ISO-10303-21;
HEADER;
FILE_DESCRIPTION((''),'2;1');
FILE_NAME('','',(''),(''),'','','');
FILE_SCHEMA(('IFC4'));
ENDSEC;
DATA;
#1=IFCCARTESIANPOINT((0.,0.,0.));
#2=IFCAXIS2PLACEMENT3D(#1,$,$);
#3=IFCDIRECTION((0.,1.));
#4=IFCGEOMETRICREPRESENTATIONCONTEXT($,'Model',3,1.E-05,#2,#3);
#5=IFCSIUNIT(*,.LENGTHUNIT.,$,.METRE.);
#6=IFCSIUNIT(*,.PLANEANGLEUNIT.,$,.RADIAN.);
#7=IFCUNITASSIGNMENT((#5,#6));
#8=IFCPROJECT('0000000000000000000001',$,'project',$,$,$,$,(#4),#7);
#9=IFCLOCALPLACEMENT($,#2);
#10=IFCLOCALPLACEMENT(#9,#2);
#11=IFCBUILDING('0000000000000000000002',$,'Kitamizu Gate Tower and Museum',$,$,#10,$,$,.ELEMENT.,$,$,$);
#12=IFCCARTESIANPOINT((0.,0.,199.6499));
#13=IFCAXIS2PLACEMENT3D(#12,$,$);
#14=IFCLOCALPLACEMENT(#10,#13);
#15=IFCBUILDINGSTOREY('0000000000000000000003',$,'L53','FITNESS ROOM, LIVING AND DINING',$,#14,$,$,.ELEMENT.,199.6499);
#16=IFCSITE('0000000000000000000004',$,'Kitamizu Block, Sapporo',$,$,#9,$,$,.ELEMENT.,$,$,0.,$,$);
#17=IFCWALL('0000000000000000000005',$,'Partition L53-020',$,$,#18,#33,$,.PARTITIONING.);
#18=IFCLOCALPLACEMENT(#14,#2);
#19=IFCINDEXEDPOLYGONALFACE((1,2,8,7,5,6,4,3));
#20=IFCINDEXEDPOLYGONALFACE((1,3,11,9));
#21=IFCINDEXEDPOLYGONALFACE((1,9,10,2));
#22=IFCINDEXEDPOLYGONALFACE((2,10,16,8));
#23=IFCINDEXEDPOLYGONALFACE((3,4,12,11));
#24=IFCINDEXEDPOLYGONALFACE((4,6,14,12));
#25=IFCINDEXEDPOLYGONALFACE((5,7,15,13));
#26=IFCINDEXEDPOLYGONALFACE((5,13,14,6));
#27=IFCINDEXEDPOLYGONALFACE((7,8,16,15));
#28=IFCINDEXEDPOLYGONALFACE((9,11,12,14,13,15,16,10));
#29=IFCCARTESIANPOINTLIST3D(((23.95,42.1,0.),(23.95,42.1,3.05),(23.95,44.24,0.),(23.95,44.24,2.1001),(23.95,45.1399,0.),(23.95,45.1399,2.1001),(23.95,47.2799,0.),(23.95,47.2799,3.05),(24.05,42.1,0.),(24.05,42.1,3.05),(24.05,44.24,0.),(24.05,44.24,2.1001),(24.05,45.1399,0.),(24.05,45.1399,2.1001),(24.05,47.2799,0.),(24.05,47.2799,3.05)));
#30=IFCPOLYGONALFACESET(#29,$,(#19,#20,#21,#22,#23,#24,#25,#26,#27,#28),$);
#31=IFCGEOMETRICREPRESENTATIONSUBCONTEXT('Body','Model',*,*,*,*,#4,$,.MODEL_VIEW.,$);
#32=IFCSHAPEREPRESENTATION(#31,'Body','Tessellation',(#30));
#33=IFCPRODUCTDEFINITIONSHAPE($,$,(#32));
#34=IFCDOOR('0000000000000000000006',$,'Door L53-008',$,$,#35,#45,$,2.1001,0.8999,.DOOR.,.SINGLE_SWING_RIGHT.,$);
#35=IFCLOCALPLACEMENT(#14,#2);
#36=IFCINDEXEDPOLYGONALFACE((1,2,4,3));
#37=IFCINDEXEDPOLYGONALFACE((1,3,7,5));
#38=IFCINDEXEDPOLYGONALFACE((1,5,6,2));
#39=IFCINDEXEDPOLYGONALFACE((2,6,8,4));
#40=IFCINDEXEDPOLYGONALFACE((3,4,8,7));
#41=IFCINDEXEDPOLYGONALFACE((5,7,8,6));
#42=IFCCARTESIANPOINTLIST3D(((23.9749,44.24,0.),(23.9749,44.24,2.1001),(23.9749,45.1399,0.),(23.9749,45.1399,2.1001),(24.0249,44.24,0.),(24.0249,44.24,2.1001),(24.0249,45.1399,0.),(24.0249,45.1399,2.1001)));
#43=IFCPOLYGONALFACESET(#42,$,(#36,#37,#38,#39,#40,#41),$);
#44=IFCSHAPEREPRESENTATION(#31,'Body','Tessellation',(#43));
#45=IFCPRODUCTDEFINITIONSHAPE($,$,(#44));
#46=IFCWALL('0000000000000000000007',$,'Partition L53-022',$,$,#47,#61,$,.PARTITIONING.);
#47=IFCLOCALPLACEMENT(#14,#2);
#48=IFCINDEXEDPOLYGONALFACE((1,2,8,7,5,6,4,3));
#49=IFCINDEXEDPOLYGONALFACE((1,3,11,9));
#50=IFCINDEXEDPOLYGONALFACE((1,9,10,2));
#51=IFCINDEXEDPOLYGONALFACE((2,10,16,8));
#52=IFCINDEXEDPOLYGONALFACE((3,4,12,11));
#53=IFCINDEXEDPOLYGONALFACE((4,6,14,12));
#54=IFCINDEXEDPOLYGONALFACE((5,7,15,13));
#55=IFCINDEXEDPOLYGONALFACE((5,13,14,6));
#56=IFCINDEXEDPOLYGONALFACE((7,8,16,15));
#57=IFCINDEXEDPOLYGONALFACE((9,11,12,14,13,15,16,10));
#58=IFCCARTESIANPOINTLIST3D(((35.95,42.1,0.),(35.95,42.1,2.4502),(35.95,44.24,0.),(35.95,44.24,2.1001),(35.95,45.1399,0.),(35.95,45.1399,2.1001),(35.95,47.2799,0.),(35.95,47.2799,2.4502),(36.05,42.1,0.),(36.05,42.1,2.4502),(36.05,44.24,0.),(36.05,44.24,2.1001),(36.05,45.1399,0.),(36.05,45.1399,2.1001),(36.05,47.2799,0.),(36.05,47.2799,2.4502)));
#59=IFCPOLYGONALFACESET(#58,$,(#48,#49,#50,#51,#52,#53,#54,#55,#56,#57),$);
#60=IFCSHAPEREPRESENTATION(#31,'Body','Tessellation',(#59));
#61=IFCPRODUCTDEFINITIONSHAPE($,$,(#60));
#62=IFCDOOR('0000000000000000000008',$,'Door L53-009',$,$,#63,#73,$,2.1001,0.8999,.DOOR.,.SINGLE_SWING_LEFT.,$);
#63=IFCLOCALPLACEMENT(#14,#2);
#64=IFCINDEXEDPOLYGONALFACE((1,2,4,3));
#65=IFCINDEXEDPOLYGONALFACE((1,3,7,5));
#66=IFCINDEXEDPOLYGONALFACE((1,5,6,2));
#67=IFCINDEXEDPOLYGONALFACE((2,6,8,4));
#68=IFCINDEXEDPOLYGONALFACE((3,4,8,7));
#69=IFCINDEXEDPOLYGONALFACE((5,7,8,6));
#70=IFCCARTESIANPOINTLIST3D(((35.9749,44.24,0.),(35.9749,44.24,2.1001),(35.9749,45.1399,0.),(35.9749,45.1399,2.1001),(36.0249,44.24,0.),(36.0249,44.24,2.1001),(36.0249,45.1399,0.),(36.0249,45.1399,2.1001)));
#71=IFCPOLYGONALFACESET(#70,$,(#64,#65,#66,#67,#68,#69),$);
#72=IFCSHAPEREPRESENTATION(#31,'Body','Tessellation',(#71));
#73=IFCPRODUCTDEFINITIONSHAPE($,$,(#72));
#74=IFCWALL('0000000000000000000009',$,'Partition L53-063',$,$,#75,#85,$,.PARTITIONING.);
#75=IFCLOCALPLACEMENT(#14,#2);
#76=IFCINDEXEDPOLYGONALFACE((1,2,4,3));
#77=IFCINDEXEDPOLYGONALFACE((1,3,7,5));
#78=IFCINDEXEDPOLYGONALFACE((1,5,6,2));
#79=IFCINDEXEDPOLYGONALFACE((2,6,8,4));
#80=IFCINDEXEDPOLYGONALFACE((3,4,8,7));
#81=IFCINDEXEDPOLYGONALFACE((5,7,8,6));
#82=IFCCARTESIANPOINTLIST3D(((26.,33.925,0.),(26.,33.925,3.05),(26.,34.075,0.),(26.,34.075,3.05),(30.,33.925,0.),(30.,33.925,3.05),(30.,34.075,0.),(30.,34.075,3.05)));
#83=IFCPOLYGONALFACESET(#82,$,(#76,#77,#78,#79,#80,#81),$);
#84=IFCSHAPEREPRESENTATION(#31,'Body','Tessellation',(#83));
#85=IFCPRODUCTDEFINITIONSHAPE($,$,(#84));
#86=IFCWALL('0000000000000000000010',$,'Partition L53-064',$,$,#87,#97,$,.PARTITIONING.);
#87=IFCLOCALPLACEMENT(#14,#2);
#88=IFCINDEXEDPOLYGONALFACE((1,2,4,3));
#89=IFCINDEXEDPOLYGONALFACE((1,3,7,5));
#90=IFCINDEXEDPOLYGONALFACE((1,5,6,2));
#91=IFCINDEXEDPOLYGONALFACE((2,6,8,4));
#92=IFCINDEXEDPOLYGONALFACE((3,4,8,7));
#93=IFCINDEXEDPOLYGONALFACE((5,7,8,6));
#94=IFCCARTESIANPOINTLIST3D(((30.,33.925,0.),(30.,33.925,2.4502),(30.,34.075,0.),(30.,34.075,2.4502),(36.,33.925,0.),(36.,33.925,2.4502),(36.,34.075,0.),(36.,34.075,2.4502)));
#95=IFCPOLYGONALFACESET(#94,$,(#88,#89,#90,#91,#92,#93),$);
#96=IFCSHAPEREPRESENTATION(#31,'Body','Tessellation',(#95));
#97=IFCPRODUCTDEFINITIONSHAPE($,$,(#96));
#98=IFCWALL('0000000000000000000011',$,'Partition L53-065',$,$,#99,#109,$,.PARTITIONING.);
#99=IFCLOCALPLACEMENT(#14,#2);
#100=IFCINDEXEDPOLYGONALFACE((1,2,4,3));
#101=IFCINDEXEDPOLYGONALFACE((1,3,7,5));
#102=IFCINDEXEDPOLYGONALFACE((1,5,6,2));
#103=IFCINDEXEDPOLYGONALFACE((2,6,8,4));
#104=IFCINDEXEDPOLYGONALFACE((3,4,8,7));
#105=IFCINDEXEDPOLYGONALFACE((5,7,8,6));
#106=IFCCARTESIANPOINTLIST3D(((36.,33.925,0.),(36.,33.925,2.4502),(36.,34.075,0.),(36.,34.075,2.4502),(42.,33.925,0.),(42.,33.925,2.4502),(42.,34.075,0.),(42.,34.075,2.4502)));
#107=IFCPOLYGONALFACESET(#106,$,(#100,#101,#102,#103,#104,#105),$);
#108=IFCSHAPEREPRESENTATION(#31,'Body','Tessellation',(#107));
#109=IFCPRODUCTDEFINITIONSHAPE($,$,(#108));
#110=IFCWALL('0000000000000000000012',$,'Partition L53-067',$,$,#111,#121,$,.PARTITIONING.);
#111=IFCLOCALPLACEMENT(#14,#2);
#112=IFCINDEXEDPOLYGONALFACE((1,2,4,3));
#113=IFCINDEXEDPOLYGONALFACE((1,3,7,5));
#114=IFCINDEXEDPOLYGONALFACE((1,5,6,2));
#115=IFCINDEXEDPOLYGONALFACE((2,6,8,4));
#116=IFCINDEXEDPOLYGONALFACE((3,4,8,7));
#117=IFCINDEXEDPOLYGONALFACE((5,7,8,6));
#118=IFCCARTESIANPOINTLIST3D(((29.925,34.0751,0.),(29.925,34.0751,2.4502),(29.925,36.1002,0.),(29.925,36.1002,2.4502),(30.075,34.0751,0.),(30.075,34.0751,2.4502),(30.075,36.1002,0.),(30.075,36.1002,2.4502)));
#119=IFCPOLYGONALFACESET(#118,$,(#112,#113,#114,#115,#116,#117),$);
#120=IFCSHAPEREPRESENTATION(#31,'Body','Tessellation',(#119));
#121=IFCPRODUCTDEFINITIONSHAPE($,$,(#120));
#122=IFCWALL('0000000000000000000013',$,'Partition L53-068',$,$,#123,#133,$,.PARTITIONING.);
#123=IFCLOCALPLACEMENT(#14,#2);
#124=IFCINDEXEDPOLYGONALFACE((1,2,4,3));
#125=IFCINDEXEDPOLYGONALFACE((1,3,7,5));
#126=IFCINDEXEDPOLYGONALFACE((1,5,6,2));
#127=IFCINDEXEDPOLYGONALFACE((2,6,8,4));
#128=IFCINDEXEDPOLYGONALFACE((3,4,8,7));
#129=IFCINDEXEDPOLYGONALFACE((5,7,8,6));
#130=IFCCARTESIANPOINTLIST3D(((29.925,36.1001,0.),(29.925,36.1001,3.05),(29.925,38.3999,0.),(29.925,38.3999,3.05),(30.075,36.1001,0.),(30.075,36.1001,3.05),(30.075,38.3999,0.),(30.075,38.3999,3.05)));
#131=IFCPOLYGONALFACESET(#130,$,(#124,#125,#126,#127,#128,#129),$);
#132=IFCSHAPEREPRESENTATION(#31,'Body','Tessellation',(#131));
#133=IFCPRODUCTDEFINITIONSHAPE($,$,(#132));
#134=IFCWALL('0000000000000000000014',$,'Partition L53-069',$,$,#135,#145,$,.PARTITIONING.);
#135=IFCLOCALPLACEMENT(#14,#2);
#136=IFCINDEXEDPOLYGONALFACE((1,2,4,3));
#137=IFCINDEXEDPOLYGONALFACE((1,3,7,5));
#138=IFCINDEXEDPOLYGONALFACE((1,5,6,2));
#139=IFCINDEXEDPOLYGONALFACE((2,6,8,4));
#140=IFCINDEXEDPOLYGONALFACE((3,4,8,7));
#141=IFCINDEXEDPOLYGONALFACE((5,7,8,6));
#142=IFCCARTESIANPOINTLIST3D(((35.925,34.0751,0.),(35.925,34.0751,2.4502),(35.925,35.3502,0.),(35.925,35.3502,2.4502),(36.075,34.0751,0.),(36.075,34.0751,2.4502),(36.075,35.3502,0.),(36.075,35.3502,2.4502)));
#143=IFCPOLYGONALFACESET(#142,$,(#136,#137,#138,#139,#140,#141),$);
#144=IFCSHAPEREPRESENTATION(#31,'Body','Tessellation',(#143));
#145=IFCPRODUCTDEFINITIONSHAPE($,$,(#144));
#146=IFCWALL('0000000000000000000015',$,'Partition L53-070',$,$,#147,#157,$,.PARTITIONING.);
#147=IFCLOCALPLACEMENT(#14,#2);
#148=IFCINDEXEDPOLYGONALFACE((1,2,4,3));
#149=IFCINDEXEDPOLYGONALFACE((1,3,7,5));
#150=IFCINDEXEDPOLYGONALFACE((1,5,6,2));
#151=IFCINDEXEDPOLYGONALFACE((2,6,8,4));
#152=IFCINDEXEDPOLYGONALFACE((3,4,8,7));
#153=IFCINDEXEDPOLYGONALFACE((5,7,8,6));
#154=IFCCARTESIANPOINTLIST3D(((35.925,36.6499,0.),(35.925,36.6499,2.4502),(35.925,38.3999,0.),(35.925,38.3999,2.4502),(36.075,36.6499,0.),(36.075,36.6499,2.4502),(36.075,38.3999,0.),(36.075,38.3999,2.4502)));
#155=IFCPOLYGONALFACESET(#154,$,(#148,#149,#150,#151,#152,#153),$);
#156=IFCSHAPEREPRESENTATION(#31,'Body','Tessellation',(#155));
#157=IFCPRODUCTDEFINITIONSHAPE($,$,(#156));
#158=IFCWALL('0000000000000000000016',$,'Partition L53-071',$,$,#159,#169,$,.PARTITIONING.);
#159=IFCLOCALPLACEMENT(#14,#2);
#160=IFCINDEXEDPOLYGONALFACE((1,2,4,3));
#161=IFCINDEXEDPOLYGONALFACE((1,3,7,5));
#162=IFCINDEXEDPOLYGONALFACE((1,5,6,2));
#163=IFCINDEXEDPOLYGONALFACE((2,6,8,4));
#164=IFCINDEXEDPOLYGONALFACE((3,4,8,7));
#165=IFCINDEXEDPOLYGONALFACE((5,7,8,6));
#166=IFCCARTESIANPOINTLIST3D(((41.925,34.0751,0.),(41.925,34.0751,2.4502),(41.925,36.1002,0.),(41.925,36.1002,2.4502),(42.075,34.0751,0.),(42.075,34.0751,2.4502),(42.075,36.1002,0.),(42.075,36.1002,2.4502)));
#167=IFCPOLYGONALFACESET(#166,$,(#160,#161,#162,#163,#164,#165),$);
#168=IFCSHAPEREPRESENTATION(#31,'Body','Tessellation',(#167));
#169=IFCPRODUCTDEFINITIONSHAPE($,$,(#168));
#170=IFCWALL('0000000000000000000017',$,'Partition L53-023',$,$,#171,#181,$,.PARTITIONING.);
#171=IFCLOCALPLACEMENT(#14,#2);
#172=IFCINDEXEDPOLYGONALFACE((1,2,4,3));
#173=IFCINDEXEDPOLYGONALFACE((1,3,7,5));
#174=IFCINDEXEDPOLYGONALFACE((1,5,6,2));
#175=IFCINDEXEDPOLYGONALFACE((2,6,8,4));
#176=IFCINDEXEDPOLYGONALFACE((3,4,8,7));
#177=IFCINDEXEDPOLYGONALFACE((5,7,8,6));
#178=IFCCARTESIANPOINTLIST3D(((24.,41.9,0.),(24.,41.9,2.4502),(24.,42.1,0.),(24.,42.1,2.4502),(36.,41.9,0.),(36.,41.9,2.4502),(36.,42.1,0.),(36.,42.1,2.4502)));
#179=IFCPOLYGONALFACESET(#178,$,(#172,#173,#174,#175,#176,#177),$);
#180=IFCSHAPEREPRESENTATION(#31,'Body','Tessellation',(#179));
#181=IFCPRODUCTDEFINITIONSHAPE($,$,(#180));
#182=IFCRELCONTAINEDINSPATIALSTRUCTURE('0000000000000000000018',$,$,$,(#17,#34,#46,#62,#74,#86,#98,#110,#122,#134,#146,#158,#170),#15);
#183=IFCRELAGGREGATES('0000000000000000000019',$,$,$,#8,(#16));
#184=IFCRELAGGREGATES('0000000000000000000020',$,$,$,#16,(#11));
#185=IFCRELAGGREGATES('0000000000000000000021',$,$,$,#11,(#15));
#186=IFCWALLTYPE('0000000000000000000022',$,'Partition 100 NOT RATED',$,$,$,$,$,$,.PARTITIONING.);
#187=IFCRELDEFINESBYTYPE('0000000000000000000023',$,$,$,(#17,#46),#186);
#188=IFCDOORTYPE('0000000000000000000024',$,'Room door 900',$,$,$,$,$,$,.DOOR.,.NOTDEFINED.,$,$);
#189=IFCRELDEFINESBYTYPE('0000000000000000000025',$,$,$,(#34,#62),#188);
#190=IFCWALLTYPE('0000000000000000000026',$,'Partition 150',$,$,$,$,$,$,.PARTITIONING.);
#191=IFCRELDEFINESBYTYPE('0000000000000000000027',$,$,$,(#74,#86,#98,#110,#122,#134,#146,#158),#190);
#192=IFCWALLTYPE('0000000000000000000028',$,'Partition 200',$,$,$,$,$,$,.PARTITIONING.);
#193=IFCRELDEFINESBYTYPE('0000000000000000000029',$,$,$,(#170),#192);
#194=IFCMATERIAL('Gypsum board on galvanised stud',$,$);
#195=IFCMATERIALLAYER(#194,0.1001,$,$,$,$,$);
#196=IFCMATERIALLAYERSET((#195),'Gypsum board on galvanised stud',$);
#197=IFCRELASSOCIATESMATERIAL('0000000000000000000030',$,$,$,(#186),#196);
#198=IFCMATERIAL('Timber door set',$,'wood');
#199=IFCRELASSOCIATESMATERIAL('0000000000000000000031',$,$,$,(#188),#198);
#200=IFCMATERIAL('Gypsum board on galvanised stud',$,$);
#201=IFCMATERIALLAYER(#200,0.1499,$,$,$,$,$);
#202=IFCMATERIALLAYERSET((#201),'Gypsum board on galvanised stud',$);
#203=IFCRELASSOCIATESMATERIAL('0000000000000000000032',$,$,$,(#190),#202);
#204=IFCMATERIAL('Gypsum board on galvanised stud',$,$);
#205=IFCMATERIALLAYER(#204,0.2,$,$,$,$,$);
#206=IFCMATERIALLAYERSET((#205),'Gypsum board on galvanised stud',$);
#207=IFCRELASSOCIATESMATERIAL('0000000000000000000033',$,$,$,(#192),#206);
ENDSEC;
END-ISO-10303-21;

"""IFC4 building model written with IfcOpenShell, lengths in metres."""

from ifc_helpers import new_model, si_unit, direction, frame, frame_2d, origin, place, context, subcontext, project, spatial, rectangle, extrude, material, layer, layer_set, type_object, element, fill, save


model = new_model("IFC4")

# Units and contexts
model_context = context("Model", 3, precision=1e-05, world=origin(), true_north=direction((0.0, 1.0)))
body_context = subcontext(model_context, "Body", "Model", "MODEL_VIEW")
ifc_project = project(units=[si_unit("LENGTHUNIT", "METRE"), si_unit("PLANEANGLEUNIT", "RADIAN")], contexts=[model_context])

# Site, building, storey
site_placement = place(None, origin())
site = spatial("IfcSite", under=ifc_project, at=site_placement, Name="Kitamizu Block, Sapporo", CompositionType="ELEMENT", RefElevation=0.0)
building_placement = place(site_placement, origin())
building = spatial("IfcBuilding", under=site, at=building_placement, Name="Kitamizu Gate Tower and Museum", CompositionType="ELEMENT")
storey_placement = place(building_placement, frame((0.0, 0.0, 199.6499)))
storey = spatial("IfcBuildingStorey", under=building, at=storey_placement, Name="L53", Description="FITNESS ROOM, LIVING AND DINING", CompositionType="ELEMENT", Elevation=199.6499)

# Walls, openings, doors
ifc_material_1 = material(Name="Gypsum board on galvanised stud")
ifc_layer_1 = layer(ifc_material_1, 0.1001)
ifc_layer_set_1 = layer_set([ifc_layer_1], Name="Gypsum board on galvanised stud")
wall_type_1 = type_object("IfcWallType", Name="Partition 100 NOT RATED", PredefinedType="PARTITIONING", material=ifc_layer_set_1)
wall_1_placement = place(storey_placement, frame((24.0, 42.1001, 0.0), z_axis=(0.0, 0.0, 1.0), x_axis=(0.0, 1.0, 0.0)))
wall_1 = element("IfcWall", 1, at=wall_1_placement, inside=storey, type_object=wall_type_1, Name="Partition L53-020", PredefinedType="PARTITIONING", context=body_context, shape_type="SweptSolid", body=[
    extrude(rectangle(XDim=5.1799, YDim=0.1001, at=frame_2d((2.5898, 0.0))), origin(), (0.0, 0.0, 1.0), 3.05),
])
opening_1_placement = place(wall_1_placement, frame((2.1399, 0.0, 0.0)))
opening_1 = element("IfcOpeningElement", 2, at=opening_1_placement, cuts=wall_1, PredefinedType="OPENING", context=body_context, shape_type="SweptSolid", body=[
    extrude(rectangle(XDim=0.8999, YDim=2.1001, at=frame_2d((0.45, 1.05))), frame((0.0, 0.0601, 0.0), z_axis=(0.0, -1.0, 0.0), x_axis=(1.0, 0.0, 0.0)), (0.0, 0.0, 1.0), 0.1201),
])
ifc_material_2 = material(Name="Timber door set", Category="wood")
door_type_1 = type_object("IfcDoorType", Name="Room door 900", OperationType="NOTDEFINED", PredefinedType="DOOR", material=ifc_material_2)
door_1_placement = place(opening_1_placement, frame((0.8999, 0.0, 0.0), x_axis=(-1.0, 0.0, 0.0)))
door_1 = element("IfcDoor", 3, at=door_1_placement, inside=storey, type_object=door_type_1, Name="Door L53-008", OperationType="SINGLE_SWING_RIGHT", OverallHeight=2.1001, OverallWidth=0.8999, PredefinedType="DOOR", context=body_context, shape_type="SweptSolid", body=[
    extrude(rectangle(XDim=0.8999, YDim=2.1001, at=frame_2d((0.45, 1.05))), frame((0.0, 0.0249, 0.0), z_axis=(0.0, -1.0, 0.0), x_axis=(1.0, 0.0, 0.0)), (0.0, 0.0, 1.0), 0.05),
])
fill(opening_1, door_1)
wall_2_placement = place(storey_placement, frame((36.0, 42.1001, 0.0), z_axis=(0.0, 0.0, 1.0), x_axis=(0.0, 1.0, 0.0)))
wall_2 = element("IfcWall", 4, at=wall_2_placement, inside=storey, type_object=wall_type_1, Name="Partition L53-022", PredefinedType="PARTITIONING", context=body_context, shape_type="SweptSolid", body=[
    extrude(rectangle(XDim=5.1799, YDim=0.1001, at=frame_2d((2.5898, 0.0))), origin(), (0.0, 0.0, 1.0), 2.4502),
])
opening_2_placement = place(wall_2_placement, frame((2.1399, 0.0, 0.0)))
opening_2 = element("IfcOpeningElement", 5, at=opening_2_placement, cuts=wall_2, PredefinedType="OPENING", context=body_context, shape_type="SweptSolid", body=[
    extrude(rectangle(XDim=0.8999, YDim=2.1001, at=frame_2d((0.45, 1.05))), frame((0.0, 0.0601, 0.0), z_axis=(0.0, -1.0, 0.0), x_axis=(1.0, 0.0, 0.0)), (0.0, 0.0, 1.0), 0.1201),
])
door_2_placement = place(opening_2_placement, frame((0.8999, 0.0, 0.0), x_axis=(-1.0, 0.0, 0.0)))
door_2 = element("IfcDoor", 6, at=door_2_placement, inside=storey, type_object=door_type_1, Name="Door L53-009", OperationType="SINGLE_SWING_LEFT", OverallHeight=2.1001, OverallWidth=0.8999, PredefinedType="DOOR", context=body_context, shape_type="SweptSolid", body=[
    extrude(rectangle(XDim=0.8999, YDim=2.1001, at=frame_2d((0.45, 1.05))), frame((0.0, 0.0249, 0.0), z_axis=(0.0, -1.0, 0.0), x_axis=(1.0, 0.0, 0.0)), (0.0, 0.0, 1.0), 0.05),
])
fill(opening_2, door_2)

# Walls
ifc_material_3 = material(Name="Gypsum board on galvanised stud")
ifc_layer_2 = layer(ifc_material_3, 0.1499)
ifc_layer_set_2 = layer_set([ifc_layer_2], Name="Gypsum board on galvanised stud")
wall_type_2 = type_object("IfcWallType", Name="Partition 150", PredefinedType="PARTITIONING", material=ifc_layer_set_2)
wall_3_placement = place(storey_placement, frame((30.0, 34.0, 0.0), z_axis=(0.0, 0.0, 1.0), x_axis=(-1.0, 0.0, 0.0)))
element("IfcWall", 7, at=wall_3_placement, inside=storey, type_object=wall_type_2, Name="Partition L53-063", PredefinedType="PARTITIONING", context=body_context, shape_type="SweptSolid", body=[
    extrude(rectangle(XDim=4.0, YDim=0.1499, at=frame_2d((2.0, 0.0))), origin(), (0.0, 0.0, 1.0), 3.05),
])
for number, where, z_axis, x_axis, name in (
    (8, (36.0, 34.0, 0.0), (0.0, 0.0, 1.0), (-1.0, 0.0, 0.0), "Partition L53-064"),
    (9, (42.0, 34.0, 0.0), (0.0, 0.0, 1.0), (-1.0, 0.0, 0.0), "Partition L53-065"),
):
    element("IfcWall", number, at=place(storey_placement, frame(where, z_axis=z_axis, x_axis=x_axis)), inside=storey, type_object=wall_type_2, Name=name, PredefinedType="PARTITIONING", context=body_context, shape_type="SweptSolid", body=[
        extrude(rectangle(XDim=6.0, YDim=0.1499, at=frame_2d((3.0, 0.0))), origin(), (0.0, 0.0, 1.0), 2.4502),
    ])
wall_4_placement = place(storey_placement, frame((30.0, 34.075, 0.0), z_axis=(0.0, 0.0, 1.0), x_axis=(0.0, 1.0, 0.0)))
element("IfcWall", 10, at=wall_4_placement, inside=storey, type_object=wall_type_2, Name="Partition L53-067", PredefinedType="PARTITIONING", context=body_context, shape_type="SweptSolid", body=[
    extrude(rectangle(XDim=2.0251, YDim=0.1499, at=frame_2d((1.0127, 0.0))), origin(), (0.0, 0.0, 1.0), 2.4502),
])
wall_5_placement = place(storey_placement, frame((30.0, 36.1001, 0.0), z_axis=(0.0, 0.0, 1.0), x_axis=(0.0, 1.0, 0.0)))
element("IfcWall", 11, at=wall_5_placement, inside=storey, type_object=wall_type_2, Name="Partition L53-068", PredefinedType="PARTITIONING", context=body_context, shape_type="SweptSolid", body=[
    extrude(rectangle(XDim=2.2998, YDim=0.1499, at=frame_2d((1.1499, 0.0))), origin(), (0.0, 0.0, 1.0), 3.05),
])
wall_6_placement = place(storey_placement, frame((36.0, 34.075, 0.0), z_axis=(0.0, 0.0, 1.0), x_axis=(0.0, 1.0, 0.0)))
element("IfcWall", 12, at=wall_6_placement, inside=storey, type_object=wall_type_2, Name="Partition L53-069", PredefinedType="PARTITIONING", context=body_context, shape_type="SweptSolid", body=[
    extrude(rectangle(XDim=1.2751, YDim=0.1499, at=frame_2d((0.6377, 0.0))), origin(), (0.0, 0.0, 1.0), 2.4502),
])
wall_7_placement = place(storey_placement, frame((36.0, 36.6499, 0.0), z_axis=(0.0, 0.0, 1.0), x_axis=(0.0, 1.0, 0.0)))
element("IfcWall", 13, at=wall_7_placement, inside=storey, type_object=wall_type_2, Name="Partition L53-070", PredefinedType="PARTITIONING", context=body_context, shape_type="SweptSolid", body=[
    extrude(rectangle(XDim=1.75, YDim=0.1499, at=frame_2d((0.875, 0.0))), origin(), (0.0, 0.0, 1.0), 2.4502),
])
wall_8_placement = place(storey_placement, frame((42.0, 34.075, 0.0), z_axis=(0.0, 0.0, 1.0), x_axis=(0.0, 1.0, 0.0)))
element("IfcWall", 14, at=wall_8_placement, inside=storey, type_object=wall_type_2, Name="Partition L53-071", PredefinedType="PARTITIONING", context=body_context, shape_type="SweptSolid", body=[
    extrude(rectangle(XDim=2.0251, YDim=0.1499, at=frame_2d((1.0127, 0.0))), origin(), (0.0, 0.0, 1.0), 2.4502),
])
ifc_material_4 = material(Name="Gypsum board on galvanised stud")
ifc_layer_3 = layer(ifc_material_4, 0.2)
ifc_layer_set_3 = layer_set([ifc_layer_3], Name="Gypsum board on galvanised stud")
wall_type_3 = type_object("IfcWallType", Name="Partition 200", PredefinedType="PARTITIONING", material=ifc_layer_set_3)
wall_9_placement = place(storey_placement, frame((24.0, 42.0, 0.0), z_axis=(0.0, 0.0, 1.0), x_axis=(1.0, 0.0, 0.0)))
element("IfcWall", 15, at=wall_9_placement, inside=storey, type_object=wall_type_3, Name="Partition L53-023", PredefinedType="PARTITIONING", context=body_context, shape_type="SweptSolid", body=[
    extrude(rectangle(XDim=12.0, YDim=0.2, at=frame_2d((6.0, 0.0))), origin(), (0.0, 0.0, 1.0), 2.4502),
])

save(model, "model.ifc")
